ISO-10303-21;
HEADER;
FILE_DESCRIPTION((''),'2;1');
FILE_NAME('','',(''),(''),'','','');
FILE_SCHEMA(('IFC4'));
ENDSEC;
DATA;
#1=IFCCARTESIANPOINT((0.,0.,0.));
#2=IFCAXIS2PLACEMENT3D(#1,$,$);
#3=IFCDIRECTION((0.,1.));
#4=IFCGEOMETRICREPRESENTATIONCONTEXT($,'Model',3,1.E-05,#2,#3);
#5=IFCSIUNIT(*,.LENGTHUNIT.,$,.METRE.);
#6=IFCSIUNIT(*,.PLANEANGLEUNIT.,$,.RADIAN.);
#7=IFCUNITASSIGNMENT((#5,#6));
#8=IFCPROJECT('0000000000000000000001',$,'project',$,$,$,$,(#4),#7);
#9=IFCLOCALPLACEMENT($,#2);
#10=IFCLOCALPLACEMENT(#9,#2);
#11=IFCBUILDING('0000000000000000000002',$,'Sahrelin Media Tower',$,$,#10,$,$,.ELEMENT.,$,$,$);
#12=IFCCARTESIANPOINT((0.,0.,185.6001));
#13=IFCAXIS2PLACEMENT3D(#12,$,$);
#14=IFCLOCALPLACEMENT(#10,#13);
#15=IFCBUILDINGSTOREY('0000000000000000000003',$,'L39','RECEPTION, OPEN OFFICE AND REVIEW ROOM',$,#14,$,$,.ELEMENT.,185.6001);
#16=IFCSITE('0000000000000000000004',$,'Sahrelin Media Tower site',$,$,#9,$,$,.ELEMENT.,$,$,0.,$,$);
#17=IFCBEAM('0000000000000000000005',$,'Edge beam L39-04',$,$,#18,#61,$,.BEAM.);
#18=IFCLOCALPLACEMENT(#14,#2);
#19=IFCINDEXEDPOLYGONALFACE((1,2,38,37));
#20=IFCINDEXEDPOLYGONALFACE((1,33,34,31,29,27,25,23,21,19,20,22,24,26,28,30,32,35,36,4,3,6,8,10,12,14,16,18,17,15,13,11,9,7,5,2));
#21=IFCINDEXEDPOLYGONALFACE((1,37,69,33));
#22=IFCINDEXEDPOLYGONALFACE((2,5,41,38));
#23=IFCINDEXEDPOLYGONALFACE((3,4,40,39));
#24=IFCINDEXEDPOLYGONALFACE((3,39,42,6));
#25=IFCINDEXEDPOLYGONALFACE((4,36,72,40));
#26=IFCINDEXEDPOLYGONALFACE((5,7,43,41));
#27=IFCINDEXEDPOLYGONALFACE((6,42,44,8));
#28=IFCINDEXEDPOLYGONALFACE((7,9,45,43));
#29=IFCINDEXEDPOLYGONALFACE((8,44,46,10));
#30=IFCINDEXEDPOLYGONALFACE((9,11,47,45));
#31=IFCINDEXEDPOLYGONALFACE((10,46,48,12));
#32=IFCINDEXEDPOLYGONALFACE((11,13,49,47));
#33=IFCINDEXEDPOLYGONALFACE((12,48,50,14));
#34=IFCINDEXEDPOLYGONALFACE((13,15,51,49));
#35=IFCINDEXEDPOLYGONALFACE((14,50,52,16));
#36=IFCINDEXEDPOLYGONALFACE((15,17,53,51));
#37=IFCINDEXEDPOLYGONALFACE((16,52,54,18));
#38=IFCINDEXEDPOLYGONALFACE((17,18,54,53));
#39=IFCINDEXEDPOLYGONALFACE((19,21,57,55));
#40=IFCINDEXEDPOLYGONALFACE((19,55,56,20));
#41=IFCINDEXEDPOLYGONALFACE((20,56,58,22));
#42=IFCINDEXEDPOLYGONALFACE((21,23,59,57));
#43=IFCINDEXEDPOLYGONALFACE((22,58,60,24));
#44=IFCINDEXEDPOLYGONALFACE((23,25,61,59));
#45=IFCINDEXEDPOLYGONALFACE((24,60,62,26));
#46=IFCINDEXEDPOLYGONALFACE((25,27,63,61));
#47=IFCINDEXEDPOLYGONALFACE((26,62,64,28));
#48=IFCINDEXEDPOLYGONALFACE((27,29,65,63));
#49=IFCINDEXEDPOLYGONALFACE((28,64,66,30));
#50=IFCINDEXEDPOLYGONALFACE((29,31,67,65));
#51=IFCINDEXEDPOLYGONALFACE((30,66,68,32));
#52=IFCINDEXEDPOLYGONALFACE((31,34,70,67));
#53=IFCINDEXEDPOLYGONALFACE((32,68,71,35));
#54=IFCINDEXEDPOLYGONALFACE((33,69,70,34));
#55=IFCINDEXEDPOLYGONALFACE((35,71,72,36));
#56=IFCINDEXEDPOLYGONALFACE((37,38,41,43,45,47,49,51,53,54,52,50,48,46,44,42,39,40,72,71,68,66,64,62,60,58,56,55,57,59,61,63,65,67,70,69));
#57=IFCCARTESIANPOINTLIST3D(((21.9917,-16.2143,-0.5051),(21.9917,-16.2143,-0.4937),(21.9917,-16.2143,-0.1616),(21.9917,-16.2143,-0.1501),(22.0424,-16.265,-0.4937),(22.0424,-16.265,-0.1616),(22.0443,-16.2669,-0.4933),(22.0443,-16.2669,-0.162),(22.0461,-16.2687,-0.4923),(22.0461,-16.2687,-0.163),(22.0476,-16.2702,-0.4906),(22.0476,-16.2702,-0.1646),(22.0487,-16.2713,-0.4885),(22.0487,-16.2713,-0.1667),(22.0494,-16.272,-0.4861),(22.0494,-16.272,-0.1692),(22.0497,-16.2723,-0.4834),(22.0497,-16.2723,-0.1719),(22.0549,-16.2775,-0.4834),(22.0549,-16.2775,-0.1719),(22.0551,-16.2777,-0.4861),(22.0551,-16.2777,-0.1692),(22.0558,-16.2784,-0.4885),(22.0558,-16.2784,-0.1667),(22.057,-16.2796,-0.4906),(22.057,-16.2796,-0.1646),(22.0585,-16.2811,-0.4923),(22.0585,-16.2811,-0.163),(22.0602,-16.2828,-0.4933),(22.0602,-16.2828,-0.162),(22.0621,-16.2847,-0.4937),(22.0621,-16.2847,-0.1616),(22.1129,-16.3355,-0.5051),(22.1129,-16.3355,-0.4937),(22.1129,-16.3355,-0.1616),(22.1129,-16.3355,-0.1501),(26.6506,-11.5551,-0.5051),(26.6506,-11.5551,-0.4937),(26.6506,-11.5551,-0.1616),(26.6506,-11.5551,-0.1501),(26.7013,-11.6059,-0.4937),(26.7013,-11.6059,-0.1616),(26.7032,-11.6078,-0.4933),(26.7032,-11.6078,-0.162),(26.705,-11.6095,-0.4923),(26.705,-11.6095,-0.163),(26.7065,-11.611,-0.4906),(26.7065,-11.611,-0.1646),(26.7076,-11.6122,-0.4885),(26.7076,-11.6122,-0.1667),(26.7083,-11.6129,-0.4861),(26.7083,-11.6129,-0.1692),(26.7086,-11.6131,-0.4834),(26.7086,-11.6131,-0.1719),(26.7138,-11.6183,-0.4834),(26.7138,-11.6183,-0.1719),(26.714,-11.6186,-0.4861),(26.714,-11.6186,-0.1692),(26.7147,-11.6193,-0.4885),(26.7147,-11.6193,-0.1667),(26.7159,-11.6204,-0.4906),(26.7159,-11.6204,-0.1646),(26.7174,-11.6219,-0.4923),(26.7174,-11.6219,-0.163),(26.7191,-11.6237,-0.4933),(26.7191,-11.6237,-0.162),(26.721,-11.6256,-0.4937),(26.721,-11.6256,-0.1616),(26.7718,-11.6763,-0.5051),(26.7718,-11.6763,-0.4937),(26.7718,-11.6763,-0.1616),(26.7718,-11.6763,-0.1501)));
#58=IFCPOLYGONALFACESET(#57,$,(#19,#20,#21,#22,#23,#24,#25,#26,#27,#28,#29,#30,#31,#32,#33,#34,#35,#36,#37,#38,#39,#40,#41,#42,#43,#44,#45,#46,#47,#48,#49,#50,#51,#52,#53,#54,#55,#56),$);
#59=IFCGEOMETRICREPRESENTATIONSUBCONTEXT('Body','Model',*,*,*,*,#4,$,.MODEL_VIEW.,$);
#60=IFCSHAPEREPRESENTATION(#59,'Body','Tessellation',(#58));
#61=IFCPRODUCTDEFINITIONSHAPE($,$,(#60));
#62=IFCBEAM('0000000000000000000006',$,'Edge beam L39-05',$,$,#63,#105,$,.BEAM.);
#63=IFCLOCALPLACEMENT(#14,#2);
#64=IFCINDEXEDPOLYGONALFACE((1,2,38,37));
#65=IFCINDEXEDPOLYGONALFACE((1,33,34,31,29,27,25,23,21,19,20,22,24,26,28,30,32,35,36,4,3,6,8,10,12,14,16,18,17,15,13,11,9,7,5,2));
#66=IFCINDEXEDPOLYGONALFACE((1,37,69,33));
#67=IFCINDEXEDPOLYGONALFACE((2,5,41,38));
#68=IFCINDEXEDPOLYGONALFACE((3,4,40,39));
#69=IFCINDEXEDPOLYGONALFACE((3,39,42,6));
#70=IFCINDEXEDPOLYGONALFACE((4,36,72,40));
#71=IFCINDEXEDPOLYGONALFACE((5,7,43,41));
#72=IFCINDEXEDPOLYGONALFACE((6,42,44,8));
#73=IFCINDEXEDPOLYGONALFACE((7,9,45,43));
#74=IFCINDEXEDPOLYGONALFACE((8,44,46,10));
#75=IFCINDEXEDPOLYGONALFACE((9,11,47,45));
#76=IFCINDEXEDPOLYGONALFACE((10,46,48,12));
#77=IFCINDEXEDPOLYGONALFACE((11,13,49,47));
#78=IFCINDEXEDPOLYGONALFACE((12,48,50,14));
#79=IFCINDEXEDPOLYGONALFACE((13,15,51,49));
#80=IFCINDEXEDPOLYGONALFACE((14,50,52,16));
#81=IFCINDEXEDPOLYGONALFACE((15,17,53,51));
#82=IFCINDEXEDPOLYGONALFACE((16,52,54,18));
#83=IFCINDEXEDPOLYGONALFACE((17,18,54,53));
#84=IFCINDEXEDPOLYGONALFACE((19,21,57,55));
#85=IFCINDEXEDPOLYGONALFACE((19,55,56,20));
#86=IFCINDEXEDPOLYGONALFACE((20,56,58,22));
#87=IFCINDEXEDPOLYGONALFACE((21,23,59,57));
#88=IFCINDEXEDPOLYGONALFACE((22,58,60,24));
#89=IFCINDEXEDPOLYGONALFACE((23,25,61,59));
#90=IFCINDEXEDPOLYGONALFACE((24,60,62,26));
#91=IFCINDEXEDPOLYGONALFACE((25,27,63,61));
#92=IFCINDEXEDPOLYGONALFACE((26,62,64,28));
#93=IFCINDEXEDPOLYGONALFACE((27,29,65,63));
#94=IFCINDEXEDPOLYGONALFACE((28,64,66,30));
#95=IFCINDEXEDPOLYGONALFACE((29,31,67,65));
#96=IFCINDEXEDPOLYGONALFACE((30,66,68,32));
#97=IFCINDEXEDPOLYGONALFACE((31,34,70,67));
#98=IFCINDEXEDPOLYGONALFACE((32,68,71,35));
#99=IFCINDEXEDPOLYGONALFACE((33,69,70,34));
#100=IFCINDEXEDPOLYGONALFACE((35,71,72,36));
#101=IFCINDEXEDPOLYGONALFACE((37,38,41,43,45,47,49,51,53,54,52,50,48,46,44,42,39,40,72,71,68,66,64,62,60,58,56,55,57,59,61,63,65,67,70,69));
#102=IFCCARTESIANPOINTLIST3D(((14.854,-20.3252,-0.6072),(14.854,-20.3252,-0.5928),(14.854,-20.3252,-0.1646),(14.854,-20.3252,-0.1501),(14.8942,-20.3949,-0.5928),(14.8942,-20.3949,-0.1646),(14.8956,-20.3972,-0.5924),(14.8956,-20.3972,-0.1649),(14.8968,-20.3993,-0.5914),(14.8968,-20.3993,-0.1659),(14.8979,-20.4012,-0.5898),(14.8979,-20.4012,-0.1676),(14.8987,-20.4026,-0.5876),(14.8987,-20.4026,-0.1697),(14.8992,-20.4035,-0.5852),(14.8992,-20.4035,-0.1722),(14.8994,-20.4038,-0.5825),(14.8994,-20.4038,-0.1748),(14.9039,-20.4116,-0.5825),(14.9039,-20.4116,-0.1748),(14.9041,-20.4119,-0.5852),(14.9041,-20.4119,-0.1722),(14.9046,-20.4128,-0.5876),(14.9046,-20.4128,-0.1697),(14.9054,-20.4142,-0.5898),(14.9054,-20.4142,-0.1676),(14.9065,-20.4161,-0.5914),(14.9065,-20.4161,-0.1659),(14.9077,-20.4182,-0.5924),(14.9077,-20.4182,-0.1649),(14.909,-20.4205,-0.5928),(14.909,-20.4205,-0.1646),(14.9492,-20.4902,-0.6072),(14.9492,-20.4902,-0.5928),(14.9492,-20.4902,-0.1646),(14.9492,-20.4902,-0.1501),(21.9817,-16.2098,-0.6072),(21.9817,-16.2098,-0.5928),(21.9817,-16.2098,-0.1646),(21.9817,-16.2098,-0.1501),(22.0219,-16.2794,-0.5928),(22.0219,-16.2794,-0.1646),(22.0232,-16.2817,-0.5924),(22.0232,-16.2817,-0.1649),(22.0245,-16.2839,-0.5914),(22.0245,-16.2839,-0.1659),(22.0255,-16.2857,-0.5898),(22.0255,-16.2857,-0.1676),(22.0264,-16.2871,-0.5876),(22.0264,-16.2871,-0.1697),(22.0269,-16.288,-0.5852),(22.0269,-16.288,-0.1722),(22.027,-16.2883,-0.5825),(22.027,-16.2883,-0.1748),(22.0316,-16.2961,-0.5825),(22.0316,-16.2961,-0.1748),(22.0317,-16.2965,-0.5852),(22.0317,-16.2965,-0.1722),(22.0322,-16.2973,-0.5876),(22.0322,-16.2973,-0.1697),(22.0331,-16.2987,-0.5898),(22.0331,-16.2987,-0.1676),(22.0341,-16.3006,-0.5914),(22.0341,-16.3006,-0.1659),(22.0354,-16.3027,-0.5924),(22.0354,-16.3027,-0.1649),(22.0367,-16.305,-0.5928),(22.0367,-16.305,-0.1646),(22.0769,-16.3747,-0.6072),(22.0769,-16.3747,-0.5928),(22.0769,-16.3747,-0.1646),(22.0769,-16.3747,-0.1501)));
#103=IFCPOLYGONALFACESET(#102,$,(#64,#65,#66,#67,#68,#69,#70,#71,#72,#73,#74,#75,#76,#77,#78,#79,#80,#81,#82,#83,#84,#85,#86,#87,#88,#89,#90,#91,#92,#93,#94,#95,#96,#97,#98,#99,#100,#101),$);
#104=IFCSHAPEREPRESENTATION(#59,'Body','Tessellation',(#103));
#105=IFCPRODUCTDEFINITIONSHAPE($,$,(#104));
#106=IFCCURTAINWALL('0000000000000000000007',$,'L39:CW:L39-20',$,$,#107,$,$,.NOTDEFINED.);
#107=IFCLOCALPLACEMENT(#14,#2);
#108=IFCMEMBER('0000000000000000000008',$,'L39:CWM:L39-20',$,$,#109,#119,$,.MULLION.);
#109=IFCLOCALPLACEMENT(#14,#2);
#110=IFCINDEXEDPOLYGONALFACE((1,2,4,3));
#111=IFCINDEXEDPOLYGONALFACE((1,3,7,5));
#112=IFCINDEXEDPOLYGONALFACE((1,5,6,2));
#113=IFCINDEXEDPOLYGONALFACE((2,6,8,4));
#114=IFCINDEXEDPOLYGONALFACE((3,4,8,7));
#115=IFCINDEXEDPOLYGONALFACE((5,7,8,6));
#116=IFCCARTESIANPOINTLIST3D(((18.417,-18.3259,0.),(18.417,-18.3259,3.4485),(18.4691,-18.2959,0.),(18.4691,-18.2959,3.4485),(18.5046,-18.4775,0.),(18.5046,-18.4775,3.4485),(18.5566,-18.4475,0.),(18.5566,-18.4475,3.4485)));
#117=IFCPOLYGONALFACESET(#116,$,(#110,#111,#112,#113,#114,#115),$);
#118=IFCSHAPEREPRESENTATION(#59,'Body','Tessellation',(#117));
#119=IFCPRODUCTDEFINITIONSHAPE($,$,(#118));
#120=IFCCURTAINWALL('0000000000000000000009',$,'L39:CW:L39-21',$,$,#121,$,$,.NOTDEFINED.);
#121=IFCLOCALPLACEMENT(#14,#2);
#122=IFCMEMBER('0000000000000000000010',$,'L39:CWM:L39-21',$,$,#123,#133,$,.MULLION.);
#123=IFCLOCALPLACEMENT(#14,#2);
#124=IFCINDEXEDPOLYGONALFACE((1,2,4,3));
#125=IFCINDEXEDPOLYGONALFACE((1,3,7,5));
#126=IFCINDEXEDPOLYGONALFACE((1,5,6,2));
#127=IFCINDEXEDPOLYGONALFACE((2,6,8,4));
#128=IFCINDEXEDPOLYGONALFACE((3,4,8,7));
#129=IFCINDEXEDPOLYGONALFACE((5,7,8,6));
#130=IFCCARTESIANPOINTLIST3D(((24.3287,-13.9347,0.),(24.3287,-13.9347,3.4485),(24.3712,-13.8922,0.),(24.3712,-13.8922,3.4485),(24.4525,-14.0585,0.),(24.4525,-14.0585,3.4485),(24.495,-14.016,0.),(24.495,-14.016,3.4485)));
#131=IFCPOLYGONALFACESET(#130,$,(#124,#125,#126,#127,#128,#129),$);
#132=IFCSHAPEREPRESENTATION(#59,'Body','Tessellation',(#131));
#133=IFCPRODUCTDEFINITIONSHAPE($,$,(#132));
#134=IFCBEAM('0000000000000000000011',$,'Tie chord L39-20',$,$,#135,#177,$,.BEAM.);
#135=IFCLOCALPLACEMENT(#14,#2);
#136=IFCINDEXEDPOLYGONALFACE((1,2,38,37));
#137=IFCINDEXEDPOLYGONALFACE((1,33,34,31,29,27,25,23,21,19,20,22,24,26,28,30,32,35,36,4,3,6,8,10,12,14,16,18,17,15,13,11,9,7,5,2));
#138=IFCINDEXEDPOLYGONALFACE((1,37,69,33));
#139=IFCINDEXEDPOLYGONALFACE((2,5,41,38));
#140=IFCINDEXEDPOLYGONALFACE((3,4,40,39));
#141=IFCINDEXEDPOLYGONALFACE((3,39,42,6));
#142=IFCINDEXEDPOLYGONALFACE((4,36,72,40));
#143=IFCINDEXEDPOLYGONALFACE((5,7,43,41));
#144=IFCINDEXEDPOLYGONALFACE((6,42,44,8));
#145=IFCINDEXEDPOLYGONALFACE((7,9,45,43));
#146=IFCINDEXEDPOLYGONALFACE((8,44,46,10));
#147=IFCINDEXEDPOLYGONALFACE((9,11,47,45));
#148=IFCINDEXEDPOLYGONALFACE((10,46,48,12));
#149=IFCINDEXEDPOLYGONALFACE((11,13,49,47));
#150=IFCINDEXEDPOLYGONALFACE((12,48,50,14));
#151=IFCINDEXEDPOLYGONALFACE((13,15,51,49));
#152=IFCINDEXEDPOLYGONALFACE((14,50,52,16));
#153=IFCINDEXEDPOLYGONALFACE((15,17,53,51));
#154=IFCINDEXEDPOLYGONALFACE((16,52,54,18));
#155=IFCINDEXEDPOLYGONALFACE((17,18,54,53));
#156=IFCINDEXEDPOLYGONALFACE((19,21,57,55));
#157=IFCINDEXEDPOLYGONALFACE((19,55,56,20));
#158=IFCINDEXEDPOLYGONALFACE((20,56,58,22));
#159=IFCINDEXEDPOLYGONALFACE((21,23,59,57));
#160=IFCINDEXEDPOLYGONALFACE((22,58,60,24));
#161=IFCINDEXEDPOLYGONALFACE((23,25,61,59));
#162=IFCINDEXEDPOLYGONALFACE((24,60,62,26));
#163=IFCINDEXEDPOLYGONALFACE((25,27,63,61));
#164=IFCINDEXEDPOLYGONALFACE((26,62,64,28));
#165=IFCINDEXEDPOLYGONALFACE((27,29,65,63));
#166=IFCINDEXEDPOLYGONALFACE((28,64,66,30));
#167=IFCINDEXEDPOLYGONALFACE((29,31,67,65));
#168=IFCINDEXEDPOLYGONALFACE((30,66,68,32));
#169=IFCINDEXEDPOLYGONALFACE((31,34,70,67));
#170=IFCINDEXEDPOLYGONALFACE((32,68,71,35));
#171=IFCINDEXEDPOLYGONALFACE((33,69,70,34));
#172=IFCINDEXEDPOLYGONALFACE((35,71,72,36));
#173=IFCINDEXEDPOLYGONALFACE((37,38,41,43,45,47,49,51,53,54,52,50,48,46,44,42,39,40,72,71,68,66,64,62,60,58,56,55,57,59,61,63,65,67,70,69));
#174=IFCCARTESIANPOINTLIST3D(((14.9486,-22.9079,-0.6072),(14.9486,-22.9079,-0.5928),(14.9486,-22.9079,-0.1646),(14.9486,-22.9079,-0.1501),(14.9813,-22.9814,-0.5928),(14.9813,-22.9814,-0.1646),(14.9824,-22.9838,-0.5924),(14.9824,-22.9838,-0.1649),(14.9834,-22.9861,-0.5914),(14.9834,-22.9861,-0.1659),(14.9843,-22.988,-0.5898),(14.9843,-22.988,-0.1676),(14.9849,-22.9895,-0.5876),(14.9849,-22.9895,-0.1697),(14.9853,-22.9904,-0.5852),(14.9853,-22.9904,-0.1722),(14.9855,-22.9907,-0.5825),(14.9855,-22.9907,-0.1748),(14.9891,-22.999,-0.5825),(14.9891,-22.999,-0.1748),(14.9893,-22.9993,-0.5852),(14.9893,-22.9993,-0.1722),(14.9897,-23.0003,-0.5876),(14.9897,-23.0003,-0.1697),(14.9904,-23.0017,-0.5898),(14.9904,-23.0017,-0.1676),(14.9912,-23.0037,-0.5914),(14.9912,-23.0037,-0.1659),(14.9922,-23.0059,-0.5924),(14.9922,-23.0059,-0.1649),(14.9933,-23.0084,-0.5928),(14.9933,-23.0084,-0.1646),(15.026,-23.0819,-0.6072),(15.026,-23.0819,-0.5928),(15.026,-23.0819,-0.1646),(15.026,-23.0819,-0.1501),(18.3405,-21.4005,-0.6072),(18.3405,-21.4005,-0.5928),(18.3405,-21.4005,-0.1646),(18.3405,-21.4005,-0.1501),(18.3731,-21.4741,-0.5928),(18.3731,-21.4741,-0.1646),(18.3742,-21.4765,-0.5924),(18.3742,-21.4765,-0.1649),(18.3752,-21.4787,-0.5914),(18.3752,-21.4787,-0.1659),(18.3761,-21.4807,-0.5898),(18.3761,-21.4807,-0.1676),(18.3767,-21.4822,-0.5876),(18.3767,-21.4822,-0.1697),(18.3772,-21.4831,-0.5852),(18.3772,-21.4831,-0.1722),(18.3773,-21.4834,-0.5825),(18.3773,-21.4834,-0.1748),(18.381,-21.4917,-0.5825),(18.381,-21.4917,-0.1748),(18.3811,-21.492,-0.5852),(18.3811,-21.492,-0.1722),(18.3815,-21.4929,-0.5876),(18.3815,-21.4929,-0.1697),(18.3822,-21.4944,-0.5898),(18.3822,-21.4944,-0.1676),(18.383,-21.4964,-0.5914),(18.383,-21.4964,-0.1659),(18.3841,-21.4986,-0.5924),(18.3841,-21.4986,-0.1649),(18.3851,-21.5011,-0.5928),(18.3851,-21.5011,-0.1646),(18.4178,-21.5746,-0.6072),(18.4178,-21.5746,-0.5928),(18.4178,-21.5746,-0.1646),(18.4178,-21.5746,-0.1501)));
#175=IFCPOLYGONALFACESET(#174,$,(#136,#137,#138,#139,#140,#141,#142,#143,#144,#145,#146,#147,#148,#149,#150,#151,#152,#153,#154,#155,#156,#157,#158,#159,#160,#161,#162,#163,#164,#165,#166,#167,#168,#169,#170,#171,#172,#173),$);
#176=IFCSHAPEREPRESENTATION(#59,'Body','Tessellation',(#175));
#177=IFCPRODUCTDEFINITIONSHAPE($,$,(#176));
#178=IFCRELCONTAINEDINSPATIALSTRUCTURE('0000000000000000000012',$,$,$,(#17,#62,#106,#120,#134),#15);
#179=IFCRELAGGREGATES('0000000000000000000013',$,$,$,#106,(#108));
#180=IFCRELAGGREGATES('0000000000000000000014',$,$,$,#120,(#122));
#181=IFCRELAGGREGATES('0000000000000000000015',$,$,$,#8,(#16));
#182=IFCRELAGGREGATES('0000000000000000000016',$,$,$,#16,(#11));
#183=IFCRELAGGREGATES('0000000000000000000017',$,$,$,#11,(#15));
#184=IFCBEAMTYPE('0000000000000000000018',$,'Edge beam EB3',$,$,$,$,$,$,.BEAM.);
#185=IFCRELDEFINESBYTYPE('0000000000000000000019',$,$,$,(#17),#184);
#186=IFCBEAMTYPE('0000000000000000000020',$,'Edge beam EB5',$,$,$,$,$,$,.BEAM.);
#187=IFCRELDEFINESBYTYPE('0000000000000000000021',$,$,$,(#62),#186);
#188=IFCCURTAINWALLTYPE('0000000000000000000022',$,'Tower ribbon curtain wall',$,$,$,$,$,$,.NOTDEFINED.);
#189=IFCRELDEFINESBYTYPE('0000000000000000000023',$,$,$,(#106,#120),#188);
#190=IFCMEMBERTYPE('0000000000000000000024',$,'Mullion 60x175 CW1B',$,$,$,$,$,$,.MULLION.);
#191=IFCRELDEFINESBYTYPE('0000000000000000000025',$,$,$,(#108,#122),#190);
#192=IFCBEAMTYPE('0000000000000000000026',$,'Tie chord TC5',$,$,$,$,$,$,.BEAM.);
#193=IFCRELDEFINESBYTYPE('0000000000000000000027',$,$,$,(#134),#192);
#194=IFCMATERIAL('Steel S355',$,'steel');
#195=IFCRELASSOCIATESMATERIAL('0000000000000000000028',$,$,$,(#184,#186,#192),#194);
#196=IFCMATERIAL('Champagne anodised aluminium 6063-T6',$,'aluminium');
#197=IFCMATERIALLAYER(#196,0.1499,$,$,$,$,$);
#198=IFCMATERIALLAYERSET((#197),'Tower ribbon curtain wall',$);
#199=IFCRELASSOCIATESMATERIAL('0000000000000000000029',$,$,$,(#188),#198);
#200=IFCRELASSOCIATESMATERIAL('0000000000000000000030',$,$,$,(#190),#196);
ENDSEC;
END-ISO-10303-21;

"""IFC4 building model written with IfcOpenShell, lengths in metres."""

from ifc_helpers import new_model, si_unit, direction, frame, origin, origin_2d, place, context, subcontext, project, spatial, rectangle, i_section, extrude, material, layer, layer_set, material_profile, profile_set, type_object, element, aggregate, save


model = new_model("IFC4")

# Units and contexts
model_context = context("Model", 3, precision=1e-05, world=origin(), true_north=direction((0.0, 1.0)))
body_context = subcontext(model_context, "Body", "Model", "MODEL_VIEW")
ifc_project = project(units=[si_unit("LENGTHUNIT", "METRE"), si_unit("PLANEANGLEUNIT", "RADIAN")], contexts=[model_context])

# Site, building, storey
site_placement = place(None, origin())
site = spatial("IfcSite", under=ifc_project, at=site_placement, Name="Sahrelin Media Tower site", CompositionType="ELEMENT", RefElevation=0.0)
building_placement = place(site_placement, origin())
building = spatial("IfcBuilding", under=site, at=building_placement, Name="Sahrelin Media Tower", CompositionType="ELEMENT")
storey_placement = place(building_placement, frame((0.0, 0.0, 185.6001)))
storey = spatial("IfcBuildingStorey", under=building, at=storey_placement, Name="L39", Description="RECEPTION, OPEN OFFICE AND REVIEW ROOM", CompositionType="ELEMENT", Elevation=185.6001)

# Beams
ifc_material_1 = material(Name="Steel S355", Category="steel")
ifc_material_profile_1 = material_profile(ifc_material_1, i_section(OverallWidth=0.1714, OverallDepth=0.355, WebThickness=0.0073, FlangeThickness=0.0115, FilletRadius=0.0103, at=origin_2d()), Name="UB 356x171x51")
ifc_profile_set_1 = profile_set([ifc_material_profile_1], Name="Steel S355")
beam_type_1 = type_object("IfcBeamType", Name="Edge beam EB3", PredefinedType="BEAM", material=ifc_profile_set_1)
beam_1_placement = place(storey_placement, frame((26.7112, -11.6157, -0.3276), z_axis=(-0.707088, -0.707125, 0.0), x_axis=(0.707125, -0.707088, 0.0)))
element("IfcBeam", 1, at=beam_1_placement, inside=storey, type_object=beam_type_1, Name="Edge beam L39-04", PredefinedType="BEAM", context=body_context, shape_type="SweptSolid", body=[
    extrude(i_section(OverallWidth=0.1714, OverallDepth=0.355, WebThickness=0.0073, FlangeThickness=0.0115, FilletRadius=0.0103, at=origin_2d()), origin(), (0.0, 0.0, 1.0), 6.5889),
])
ifc_material_profile_2 = material_profile(ifc_material_1, i_section(OverallWidth=0.1904, OverallDepth=0.457, WebThickness=0.009, FlangeThickness=0.0144, FilletRadius=0.0103, at=origin_2d()), Name="UB 457x191x74")
ifc_profile_set_2 = profile_set([ifc_material_profile_2], Name="Steel S355")
beam_type_2 = type_object("IfcBeamType", Name="Edge beam EB5", PredefinedType="BEAM", material=ifc_profile_set_2)
beam_2_placement = place(storey_placement, frame((22.0293, -16.2922, -0.3787), z_axis=(-0.866009, -0.500028, 0.0), x_axis=(0.500028, -0.866009, 0.0)))
element("IfcBeam", 2, at=beam_2_placement, inside=storey, type_object=beam_type_2, Name="Edge beam L39-05", PredefinedType="BEAM", context=body_context, shape_type="SweptSolid", body=[
    extrude(i_section(OverallWidth=0.1904, OverallDepth=0.457, WebThickness=0.009, FlangeThickness=0.0144, FilletRadius=0.0103, at=origin_2d()), origin(), (0.0, 0.0, 1.0), 8.2305),
])

# Curtain walls, members
ifc_material_2 = material(Name="Champagne anodised aluminium 6063-T6", Category="aluminium")
ifc_layer_1 = layer(ifc_material_2, 0.1499)
ifc_layer_set_1 = layer_set([ifc_layer_1], Name="Tower ribbon curtain wall")
curtain_wall_type = type_object("IfcCurtainWallType", Name="Tower ribbon curtain wall", PredefinedType="NOTDEFINED", material=ifc_layer_set_1)
curtain_wall_1_placement = place(storey_placement, frame((18.5403, -18.4797, 0.0), z_axis=(0.0, 0.0, 1.0), x_axis=(1.0, 0.0, 0.0)))
curtain_wall_1 = element("IfcCurtainWall", 3, at=curtain_wall_1_placement, inside=storey, type_object=curtain_wall_type, Name="L39:CW:L39-20", PredefinedType="NOTDEFINED")
ifc_material_profile_3 = material_profile(ifc_material_2, rectangle(XDim=0.0601, YDim=0.175, at=origin_2d()), Name="Mullion 60x175")
ifc_profile_set_3 = profile_set([ifc_material_profile_3], Name="Champagne anodised aluminium 6063-T6")
member_type_1 = type_object("IfcMemberType", Name="Mullion 60x175 CW1B", PredefinedType="MULLION", material=ifc_profile_set_3)
member_1_placement = place(storey_placement, frame((18.4868, -18.3867, 0.0), z_axis=(0.0, 0.0, 1.0), x_axis=(0.866024, 0.500003, 0.0)))
member_1 = element("IfcMember", 4, at=member_1_placement, type_object=member_type_1, Name="L39:CWM:L39-20", PredefinedType="MULLION", context=body_context, shape_type="SweptSolid", body=[
    extrude(rectangle(XDim=0.0601, YDim=0.175, at=origin_2d()), origin(), (0.0, 0.0, 1.0), 3.4485),
])
curtain_wall_2_placement = place(storey_placement, frame((24.4878, -14.0513, 0.0), z_axis=(0.0, 0.0, 1.0), x_axis=(1.0, 0.0, 0.0)))
curtain_wall_2 = element("IfcCurtainWall", 5, at=curtain_wall_2_placement, inside=storey, type_object=curtain_wall_type, Name="L39:CW:L39-21", PredefinedType="NOTDEFINED")
member_2_placement = place(storey_placement, frame((24.4119, -13.9753, 0.0), z_axis=(0.0, 0.0, 1.0), x_axis=(0.707107, 0.707107, 0.0)))
member_2 = element("IfcMember", 6, at=member_2_placement, type_object=member_type_1, Name="L39:CWM:L39-21", PredefinedType="MULLION", context=body_context, shape_type="SweptSolid", body=[
    extrude(rectangle(XDim=0.0601, YDim=0.175, at=origin_2d()), origin(), (0.0, 0.0, 1.0), 3.4485),
])

# Beam
ifc_material_profile_4 = material_profile(ifc_material_1, i_section(OverallWidth=0.1904, OverallDepth=0.457, WebThickness=0.009, FlangeThickness=0.0144, FilletRadius=0.0103, at=origin_2d()), Name="UB 457x191x74")
ifc_profile_set_4 = profile_set([ifc_material_profile_4], Name="Steel S355")
beam_type_3 = type_object("IfcBeamType", Name="Tie chord TC5", PredefinedType="BEAM", material=ifc_profile_set_4)
beam_3_placement = place(storey_placement, frame((14.9873, -22.9949, -0.3787), z_axis=(0.913828, 0.406102, 0.0), x_axis=(-0.406102, 0.913828, 0.0)))
element("IfcBeam", 7, at=beam_3_placement, inside=storey, type_object=beam_type_3, Name="Tie chord L39-20", PredefinedType="BEAM", context=body_context, shape_type="SweptSolid", body=[
    extrude(i_section(OverallWidth=0.1904, OverallDepth=0.457, WebThickness=0.009, FlangeThickness=0.0144, FilletRadius=0.0103, at=origin_2d()), origin(), (0.0, 0.0, 1.0), 3.7117),
])

aggregate(curtain_wall_1, [member_1])
aggregate(curtain_wall_2, [member_2])

save(model, "model.ifc")
